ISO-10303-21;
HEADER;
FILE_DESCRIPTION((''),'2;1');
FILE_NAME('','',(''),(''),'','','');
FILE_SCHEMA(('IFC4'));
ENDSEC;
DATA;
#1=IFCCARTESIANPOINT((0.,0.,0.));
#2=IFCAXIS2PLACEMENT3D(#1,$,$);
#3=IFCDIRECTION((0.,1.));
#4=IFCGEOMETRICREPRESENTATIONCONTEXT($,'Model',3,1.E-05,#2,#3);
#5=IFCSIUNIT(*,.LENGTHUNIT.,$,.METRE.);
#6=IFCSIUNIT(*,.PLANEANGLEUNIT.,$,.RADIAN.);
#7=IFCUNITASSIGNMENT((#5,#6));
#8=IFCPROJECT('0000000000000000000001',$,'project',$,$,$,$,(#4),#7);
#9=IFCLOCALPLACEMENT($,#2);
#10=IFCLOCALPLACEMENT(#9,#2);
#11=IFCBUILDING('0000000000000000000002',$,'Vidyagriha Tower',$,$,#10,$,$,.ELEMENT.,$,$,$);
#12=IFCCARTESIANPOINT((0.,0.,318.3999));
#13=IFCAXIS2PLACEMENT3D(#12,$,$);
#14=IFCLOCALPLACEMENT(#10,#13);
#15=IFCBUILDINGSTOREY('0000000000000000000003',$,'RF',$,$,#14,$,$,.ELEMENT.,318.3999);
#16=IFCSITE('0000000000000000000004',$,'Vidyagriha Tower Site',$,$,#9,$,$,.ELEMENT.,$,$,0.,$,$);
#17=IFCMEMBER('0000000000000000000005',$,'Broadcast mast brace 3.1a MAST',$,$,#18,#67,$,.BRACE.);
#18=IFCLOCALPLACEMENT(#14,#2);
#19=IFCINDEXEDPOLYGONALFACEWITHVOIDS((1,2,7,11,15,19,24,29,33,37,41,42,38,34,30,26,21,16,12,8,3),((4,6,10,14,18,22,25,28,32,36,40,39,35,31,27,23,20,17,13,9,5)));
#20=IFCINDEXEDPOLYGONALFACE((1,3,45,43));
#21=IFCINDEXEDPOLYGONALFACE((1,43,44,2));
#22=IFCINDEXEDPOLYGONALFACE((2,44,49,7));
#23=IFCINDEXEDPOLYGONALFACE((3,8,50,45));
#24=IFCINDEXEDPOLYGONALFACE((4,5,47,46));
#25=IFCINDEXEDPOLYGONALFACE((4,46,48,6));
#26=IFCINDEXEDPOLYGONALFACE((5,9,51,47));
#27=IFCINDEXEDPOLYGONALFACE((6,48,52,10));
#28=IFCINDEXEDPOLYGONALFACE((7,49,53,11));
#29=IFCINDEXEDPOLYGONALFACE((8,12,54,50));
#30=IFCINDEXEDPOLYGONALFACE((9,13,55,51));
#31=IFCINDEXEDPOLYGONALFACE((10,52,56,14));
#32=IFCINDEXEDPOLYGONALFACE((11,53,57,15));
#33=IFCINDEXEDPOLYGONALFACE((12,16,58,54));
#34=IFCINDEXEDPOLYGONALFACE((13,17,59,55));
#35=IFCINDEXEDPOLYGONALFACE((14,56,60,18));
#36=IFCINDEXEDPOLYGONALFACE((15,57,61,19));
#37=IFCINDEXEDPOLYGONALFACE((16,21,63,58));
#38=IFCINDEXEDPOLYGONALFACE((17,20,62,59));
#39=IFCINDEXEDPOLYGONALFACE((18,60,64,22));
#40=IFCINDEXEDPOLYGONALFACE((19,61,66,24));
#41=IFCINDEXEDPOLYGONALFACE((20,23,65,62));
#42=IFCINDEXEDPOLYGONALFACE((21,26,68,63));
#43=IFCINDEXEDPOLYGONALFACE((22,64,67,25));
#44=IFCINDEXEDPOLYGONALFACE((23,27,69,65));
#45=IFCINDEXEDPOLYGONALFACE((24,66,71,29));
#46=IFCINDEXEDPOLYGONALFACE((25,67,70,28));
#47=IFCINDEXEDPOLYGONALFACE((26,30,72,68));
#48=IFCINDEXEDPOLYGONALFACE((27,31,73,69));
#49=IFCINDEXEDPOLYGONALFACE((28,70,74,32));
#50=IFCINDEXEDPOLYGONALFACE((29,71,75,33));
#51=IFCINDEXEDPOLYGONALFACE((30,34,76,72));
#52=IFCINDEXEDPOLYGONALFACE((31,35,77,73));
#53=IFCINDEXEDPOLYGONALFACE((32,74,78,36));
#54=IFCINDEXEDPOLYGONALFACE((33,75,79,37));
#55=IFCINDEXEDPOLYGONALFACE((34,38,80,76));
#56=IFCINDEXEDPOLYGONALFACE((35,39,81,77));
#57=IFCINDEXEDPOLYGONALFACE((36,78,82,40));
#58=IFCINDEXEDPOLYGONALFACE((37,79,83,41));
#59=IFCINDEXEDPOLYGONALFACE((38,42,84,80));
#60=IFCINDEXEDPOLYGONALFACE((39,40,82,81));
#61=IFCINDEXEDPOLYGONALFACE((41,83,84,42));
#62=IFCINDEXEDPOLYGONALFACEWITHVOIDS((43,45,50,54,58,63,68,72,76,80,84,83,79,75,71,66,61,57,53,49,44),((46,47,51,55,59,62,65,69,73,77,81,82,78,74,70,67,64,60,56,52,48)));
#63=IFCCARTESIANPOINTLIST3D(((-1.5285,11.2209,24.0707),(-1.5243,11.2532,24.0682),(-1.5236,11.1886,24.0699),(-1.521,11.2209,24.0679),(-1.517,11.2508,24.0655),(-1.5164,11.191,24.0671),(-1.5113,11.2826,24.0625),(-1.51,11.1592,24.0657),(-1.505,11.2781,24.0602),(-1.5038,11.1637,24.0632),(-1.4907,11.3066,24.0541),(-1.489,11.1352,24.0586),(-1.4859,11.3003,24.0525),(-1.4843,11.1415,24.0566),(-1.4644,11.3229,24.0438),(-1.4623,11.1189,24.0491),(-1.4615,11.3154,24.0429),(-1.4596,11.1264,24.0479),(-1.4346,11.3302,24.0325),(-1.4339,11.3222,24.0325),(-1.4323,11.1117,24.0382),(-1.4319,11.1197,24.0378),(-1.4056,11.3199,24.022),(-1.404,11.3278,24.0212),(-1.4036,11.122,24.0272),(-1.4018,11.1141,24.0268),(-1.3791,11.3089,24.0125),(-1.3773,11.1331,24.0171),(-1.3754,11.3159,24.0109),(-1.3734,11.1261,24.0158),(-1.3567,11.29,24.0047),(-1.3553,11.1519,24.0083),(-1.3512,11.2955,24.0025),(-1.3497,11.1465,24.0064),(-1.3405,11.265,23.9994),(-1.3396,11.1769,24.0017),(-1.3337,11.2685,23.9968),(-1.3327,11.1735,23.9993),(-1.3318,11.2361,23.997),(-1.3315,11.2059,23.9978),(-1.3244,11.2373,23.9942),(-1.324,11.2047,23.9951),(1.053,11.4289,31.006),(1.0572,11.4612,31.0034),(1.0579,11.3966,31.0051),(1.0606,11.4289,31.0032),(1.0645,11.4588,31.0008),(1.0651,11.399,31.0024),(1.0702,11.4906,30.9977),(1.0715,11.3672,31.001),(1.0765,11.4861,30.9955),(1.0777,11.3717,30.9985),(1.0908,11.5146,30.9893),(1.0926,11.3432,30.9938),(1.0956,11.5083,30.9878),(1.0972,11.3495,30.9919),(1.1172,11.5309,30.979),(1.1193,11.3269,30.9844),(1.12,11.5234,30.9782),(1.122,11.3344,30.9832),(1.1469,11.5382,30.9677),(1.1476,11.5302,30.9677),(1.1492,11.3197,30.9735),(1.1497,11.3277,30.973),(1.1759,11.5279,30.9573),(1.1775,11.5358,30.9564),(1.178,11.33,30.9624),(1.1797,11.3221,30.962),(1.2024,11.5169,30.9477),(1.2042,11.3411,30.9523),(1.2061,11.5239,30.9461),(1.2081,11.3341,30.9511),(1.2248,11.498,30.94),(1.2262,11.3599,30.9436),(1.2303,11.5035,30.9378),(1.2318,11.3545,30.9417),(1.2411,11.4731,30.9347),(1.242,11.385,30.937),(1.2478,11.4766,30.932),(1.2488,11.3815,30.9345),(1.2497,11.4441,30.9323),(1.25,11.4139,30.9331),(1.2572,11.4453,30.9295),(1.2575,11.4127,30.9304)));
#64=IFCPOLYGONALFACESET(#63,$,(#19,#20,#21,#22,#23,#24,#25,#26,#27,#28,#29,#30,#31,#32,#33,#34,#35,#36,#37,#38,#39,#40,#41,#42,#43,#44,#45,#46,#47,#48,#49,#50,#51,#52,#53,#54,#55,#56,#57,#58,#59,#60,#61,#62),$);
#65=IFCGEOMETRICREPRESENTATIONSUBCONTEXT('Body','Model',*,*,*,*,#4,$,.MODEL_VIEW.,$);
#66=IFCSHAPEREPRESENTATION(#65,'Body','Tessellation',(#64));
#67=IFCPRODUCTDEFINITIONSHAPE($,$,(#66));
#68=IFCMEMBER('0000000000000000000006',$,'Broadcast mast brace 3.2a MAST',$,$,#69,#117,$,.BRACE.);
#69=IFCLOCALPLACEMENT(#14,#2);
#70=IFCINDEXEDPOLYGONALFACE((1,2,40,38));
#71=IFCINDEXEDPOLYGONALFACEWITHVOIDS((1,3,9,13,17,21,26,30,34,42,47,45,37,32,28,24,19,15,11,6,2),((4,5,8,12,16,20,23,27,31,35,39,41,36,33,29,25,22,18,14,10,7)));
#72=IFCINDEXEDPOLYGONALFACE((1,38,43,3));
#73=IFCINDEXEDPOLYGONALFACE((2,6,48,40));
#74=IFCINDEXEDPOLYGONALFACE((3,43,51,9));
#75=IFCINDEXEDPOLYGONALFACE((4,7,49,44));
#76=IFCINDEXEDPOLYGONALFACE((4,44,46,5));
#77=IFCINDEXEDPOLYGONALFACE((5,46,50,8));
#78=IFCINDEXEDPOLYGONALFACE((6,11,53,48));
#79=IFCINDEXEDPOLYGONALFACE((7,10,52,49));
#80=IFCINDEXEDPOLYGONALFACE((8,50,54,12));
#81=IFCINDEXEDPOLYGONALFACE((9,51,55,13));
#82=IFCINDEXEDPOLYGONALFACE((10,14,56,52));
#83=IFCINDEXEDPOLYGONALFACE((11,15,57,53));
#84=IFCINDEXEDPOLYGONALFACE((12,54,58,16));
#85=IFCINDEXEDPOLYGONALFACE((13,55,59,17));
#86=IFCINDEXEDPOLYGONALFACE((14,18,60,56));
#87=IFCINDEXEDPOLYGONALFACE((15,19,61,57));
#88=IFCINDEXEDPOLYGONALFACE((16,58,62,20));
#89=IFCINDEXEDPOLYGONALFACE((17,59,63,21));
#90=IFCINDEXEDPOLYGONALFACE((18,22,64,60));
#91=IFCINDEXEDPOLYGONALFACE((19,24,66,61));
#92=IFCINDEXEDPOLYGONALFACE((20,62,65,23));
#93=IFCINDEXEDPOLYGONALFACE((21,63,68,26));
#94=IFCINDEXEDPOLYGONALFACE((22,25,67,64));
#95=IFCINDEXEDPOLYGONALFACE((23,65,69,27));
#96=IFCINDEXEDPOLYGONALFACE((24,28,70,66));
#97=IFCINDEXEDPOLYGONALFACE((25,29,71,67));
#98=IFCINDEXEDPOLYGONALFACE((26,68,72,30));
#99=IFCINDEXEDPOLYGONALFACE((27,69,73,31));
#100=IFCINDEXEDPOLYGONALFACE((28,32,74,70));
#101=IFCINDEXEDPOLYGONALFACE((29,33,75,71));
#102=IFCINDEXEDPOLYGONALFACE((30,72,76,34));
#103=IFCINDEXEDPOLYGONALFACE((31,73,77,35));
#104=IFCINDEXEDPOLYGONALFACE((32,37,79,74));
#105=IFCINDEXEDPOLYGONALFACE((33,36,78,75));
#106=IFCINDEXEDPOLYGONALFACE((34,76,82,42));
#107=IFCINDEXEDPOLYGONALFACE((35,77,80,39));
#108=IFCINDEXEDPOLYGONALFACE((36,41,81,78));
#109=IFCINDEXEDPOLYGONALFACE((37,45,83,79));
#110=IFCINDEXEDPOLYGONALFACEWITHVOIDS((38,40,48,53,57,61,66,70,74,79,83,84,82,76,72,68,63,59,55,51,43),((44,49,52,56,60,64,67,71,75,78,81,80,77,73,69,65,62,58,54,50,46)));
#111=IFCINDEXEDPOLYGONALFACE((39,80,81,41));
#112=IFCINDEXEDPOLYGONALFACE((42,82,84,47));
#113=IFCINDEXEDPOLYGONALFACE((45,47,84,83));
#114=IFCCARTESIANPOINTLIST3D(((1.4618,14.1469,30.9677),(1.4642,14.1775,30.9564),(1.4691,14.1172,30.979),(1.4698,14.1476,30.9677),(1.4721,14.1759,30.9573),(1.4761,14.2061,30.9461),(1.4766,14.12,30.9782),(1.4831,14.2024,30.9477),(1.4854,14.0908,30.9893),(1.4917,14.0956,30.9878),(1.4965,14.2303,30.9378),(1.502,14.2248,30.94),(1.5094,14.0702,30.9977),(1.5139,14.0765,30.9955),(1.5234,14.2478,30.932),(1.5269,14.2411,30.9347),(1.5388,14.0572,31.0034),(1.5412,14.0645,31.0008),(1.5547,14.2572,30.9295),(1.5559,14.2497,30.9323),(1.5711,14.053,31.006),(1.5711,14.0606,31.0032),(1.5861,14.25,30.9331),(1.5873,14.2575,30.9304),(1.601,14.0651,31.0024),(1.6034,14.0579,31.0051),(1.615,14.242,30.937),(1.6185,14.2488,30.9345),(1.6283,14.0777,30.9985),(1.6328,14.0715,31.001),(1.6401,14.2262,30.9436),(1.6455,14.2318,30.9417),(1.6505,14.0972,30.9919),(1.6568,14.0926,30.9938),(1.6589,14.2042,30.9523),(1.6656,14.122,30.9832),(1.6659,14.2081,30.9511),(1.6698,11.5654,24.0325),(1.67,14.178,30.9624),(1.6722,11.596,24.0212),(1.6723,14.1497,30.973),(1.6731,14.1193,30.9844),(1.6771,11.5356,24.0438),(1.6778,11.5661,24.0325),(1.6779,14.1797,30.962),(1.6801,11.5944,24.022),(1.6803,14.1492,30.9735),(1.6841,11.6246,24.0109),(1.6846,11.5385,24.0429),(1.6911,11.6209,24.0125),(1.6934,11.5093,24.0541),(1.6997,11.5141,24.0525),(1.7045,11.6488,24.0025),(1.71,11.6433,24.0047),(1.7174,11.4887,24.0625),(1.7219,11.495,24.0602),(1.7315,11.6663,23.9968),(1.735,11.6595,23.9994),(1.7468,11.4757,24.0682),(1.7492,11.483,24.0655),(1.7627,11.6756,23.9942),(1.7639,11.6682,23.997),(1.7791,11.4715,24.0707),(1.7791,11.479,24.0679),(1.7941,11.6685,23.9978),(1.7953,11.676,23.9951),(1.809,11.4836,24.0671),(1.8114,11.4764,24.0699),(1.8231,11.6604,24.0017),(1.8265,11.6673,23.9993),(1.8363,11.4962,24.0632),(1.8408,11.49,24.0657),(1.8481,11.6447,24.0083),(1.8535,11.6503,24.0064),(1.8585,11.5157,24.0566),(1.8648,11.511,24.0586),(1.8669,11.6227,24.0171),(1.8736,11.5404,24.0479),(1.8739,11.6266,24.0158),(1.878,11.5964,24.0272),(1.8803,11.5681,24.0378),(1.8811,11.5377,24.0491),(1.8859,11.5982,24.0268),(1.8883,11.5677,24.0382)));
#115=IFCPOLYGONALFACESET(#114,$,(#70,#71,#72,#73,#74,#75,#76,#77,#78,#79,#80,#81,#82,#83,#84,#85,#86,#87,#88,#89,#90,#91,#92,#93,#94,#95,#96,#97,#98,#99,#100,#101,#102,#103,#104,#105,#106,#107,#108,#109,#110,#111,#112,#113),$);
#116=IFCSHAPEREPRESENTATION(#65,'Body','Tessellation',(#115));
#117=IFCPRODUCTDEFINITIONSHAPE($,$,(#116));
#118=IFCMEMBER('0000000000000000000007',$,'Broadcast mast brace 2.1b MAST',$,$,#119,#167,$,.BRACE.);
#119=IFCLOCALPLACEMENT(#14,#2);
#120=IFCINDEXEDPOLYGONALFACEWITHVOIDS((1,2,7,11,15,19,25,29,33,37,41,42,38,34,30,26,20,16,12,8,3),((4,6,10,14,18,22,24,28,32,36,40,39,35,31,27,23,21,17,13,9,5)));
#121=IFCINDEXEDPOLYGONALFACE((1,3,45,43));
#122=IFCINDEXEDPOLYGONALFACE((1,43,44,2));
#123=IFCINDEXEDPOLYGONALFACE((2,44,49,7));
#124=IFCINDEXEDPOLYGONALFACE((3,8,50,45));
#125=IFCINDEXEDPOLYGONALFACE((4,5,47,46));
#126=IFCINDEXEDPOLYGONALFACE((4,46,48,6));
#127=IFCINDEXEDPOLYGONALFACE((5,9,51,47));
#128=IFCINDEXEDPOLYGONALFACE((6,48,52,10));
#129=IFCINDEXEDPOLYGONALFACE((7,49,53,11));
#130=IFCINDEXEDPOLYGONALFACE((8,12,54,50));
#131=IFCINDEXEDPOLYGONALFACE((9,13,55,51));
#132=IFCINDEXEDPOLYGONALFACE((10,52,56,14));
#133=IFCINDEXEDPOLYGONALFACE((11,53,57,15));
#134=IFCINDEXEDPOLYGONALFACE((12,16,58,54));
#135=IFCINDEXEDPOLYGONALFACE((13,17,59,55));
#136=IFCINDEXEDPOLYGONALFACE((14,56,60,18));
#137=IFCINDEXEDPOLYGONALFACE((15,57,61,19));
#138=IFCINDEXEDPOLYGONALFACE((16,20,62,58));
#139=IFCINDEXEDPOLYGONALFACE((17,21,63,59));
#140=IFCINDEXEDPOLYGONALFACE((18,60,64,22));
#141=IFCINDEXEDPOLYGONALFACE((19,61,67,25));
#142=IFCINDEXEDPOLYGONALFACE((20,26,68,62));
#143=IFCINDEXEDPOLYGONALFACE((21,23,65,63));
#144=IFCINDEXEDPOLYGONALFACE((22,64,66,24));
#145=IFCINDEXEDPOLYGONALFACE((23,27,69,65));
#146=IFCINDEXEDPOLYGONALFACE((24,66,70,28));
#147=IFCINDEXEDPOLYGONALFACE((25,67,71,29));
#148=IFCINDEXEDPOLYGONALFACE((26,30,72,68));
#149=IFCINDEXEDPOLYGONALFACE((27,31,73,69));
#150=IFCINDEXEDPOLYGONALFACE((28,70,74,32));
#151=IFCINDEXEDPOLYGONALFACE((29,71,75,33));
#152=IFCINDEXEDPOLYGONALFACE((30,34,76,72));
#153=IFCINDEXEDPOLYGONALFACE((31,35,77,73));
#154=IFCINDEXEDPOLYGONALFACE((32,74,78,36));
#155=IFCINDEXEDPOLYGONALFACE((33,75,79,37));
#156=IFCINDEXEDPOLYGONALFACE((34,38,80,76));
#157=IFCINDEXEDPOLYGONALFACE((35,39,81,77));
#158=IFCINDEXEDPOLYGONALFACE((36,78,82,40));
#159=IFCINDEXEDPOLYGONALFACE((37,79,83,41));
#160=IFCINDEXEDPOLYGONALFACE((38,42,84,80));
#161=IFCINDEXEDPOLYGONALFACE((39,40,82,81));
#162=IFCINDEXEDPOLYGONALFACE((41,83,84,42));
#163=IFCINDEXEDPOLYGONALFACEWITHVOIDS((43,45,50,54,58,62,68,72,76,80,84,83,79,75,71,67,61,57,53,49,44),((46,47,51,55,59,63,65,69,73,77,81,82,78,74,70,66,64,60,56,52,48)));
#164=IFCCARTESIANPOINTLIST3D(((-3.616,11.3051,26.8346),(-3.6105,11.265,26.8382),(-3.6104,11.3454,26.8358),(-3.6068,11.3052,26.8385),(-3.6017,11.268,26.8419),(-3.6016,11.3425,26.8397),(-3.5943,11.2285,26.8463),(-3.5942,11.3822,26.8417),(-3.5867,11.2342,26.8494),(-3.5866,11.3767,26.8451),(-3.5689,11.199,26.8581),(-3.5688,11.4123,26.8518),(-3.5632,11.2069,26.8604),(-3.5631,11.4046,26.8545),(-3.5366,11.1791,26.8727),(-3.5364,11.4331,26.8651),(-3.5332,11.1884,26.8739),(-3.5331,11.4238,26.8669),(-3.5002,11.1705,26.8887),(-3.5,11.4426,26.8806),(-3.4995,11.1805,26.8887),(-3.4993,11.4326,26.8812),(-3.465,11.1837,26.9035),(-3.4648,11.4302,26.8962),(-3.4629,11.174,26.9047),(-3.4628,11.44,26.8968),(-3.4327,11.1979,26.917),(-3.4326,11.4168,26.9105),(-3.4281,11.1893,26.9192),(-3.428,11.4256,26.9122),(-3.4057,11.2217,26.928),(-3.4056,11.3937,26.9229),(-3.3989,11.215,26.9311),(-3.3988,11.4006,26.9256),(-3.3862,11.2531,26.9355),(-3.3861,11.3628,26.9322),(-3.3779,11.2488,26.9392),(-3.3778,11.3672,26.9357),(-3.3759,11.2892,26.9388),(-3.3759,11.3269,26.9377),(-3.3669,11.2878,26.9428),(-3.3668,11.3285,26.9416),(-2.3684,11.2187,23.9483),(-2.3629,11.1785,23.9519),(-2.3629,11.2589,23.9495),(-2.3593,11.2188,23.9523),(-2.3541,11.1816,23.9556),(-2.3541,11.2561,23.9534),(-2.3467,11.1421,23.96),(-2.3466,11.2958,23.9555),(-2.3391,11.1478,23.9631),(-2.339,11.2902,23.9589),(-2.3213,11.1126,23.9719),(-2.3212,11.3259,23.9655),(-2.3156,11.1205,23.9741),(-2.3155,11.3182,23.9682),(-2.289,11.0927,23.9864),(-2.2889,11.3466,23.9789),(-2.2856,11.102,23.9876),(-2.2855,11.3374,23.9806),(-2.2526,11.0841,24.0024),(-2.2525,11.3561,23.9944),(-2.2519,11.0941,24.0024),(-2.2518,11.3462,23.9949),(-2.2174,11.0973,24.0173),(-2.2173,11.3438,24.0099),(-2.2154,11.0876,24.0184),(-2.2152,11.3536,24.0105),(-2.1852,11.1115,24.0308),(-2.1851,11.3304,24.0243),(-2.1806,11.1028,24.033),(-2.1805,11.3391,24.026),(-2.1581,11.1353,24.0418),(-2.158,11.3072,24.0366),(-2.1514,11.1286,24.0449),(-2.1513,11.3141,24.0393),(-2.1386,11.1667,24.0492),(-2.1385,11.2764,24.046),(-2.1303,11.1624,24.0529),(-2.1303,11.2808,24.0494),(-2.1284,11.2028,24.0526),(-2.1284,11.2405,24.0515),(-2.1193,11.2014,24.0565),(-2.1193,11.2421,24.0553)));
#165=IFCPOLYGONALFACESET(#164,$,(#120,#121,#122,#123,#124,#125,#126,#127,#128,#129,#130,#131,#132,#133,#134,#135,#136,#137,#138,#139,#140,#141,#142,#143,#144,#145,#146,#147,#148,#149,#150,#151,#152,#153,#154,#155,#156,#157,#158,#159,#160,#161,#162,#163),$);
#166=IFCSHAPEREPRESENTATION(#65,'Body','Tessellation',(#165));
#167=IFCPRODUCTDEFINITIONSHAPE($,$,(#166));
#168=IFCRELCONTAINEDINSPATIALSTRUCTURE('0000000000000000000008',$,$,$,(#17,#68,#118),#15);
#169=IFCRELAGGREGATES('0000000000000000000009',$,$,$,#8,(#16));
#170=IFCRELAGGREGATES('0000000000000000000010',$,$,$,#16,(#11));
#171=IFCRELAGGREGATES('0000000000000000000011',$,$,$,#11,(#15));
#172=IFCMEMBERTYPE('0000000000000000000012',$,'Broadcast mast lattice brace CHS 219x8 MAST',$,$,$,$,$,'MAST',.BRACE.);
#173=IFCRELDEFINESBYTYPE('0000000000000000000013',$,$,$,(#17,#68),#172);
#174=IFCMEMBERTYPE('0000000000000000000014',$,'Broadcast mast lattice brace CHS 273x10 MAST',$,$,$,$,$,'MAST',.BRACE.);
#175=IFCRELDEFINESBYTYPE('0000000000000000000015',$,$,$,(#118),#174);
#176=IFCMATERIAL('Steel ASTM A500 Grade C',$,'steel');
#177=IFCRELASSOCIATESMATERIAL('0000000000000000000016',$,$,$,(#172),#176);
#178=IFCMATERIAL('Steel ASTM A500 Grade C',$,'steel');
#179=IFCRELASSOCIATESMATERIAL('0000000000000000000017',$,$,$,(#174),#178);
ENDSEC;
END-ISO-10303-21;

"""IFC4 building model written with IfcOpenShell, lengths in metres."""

from ifc_helpers import new_model, si_unit, direction, frame, origin, origin_2d, place, context, subcontext, project, spatial, hollow_circle, extrude, material, material_profile, profile_set, type_object, element, save


model = new_model("IFC4")

# Units and contexts
model_context = context("Model", 3, precision=1e-05, world=origin(), true_north=direction((0.0, 1.0)))
body_context = subcontext(model_context, "Body", "Model", "MODEL_VIEW")
ifc_project = project(units=[si_unit("LENGTHUNIT", "METRE"), si_unit("PLANEANGLEUNIT", "RADIAN")], contexts=[model_context])

# Site, building, storey
site_placement = place(None, origin())
site = spatial("IfcSite", under=ifc_project, at=site_placement, Name="Vidyagriha Tower Site", CompositionType="ELEMENT", RefElevation=0.0)
building_placement = place(site_placement, origin())
building = spatial("IfcBuilding", under=site, at=building_placement, Name="Vidyagriha Tower", CompositionType="ELEMENT")
storey_placement = place(building_placement, frame((0.0, 0.0, 318.3999)))
storey = spatial("IfcBuildingStorey", under=building, at=storey_placement, Name="RF", CompositionType="ELEMENT", Elevation=318.3999)

# Members
ifc_material_1 = material(Name="Steel ASTM A500 Grade C", Category="steel")
ifc_material_profile_1 = material_profile(ifc_material_1, hollow_circle(Radius=0.1096, WallThickness=0.0081, at=origin_2d()), Name="Broadcast mast lattice brace CHS 219x8 MAST")
ifc_profile_set_1 = profile_set([ifc_material_profile_1], Name="Steel ASTM A500 Grade C")
member_type_1 = type_object("IfcMemberType", Name="Broadcast mast lattice brace CHS 219x8 MAST", ElementType="MAST", PredefinedType="BRACE", material=ifc_profile_set_1)
for number, where, z_axis, x_axis, name in (
    (1, (-1.4258, 11.2209, 24.0325), (0.348711, 0.028097, 0.936809), (-0.080315, 0.99677, 0.0), "Broadcast mast brace 3.1a MAST"),
    (2, (1.7791, 11.5742, 24.0325), (-0.028097, 0.348711, 0.936809), (-0.99677, -0.080315, 0.0), "Broadcast mast brace 3.2a MAST"),
):
    element("IfcMember", number, at=place(storey_placement, frame(where, z_axis=z_axis, x_axis=x_axis)), inside=storey, type_object=member_type_1, Name=name, PredefinedType="BRACE", context=body_context, shape_type="SweptSolid", body=[
        extrude(hollow_circle(Radius=0.1096, WallThickness=0.0081, at=origin_2d()), origin(), (0.0, 0.0, 1.0), 7.4031),
    ])
ifc_material_2 = material(Name="Steel ASTM A500 Grade C", Category="steel")
ifc_material_profile_2 = material_profile(ifc_material_2, hollow_circle(Radius=0.1365, WallThickness=0.01, at=origin_2d()), Name="Broadcast mast lattice brace CHS 273x10 MAST")
ifc_profile_set_2 = profile_set([ifc_material_profile_2], Name="Steel ASTM A500 Grade C")
member_type_2 = type_object("IfcMemberType", Name="Broadcast mast lattice brace CHS 273x10 MAST", ElementType="MAST", PredefinedType="BRACE", material=ifc_profile_set_2)
member_1_placement = place(storey_placement, frame((-2.2432, 11.2202, 24.0024), z_axis=(-0.396616, 0.027476, 0.917573), x_axis=(-0.06911, -0.997609, 0.0)))
element("IfcMember", 3, at=member_1_placement, inside=storey, type_object=member_type_2, Name="Broadcast mast brace 2.1b MAST", PredefinedType="BRACE", context=body_context, shape_type="SweptSolid", body=[
    extrude(hollow_circle(Radius=0.1365, WallThickness=0.01, at=origin_2d()), origin(), (0.0, 0.0, 1.0), 3.1455),
])

save(model, "model.ifc")
